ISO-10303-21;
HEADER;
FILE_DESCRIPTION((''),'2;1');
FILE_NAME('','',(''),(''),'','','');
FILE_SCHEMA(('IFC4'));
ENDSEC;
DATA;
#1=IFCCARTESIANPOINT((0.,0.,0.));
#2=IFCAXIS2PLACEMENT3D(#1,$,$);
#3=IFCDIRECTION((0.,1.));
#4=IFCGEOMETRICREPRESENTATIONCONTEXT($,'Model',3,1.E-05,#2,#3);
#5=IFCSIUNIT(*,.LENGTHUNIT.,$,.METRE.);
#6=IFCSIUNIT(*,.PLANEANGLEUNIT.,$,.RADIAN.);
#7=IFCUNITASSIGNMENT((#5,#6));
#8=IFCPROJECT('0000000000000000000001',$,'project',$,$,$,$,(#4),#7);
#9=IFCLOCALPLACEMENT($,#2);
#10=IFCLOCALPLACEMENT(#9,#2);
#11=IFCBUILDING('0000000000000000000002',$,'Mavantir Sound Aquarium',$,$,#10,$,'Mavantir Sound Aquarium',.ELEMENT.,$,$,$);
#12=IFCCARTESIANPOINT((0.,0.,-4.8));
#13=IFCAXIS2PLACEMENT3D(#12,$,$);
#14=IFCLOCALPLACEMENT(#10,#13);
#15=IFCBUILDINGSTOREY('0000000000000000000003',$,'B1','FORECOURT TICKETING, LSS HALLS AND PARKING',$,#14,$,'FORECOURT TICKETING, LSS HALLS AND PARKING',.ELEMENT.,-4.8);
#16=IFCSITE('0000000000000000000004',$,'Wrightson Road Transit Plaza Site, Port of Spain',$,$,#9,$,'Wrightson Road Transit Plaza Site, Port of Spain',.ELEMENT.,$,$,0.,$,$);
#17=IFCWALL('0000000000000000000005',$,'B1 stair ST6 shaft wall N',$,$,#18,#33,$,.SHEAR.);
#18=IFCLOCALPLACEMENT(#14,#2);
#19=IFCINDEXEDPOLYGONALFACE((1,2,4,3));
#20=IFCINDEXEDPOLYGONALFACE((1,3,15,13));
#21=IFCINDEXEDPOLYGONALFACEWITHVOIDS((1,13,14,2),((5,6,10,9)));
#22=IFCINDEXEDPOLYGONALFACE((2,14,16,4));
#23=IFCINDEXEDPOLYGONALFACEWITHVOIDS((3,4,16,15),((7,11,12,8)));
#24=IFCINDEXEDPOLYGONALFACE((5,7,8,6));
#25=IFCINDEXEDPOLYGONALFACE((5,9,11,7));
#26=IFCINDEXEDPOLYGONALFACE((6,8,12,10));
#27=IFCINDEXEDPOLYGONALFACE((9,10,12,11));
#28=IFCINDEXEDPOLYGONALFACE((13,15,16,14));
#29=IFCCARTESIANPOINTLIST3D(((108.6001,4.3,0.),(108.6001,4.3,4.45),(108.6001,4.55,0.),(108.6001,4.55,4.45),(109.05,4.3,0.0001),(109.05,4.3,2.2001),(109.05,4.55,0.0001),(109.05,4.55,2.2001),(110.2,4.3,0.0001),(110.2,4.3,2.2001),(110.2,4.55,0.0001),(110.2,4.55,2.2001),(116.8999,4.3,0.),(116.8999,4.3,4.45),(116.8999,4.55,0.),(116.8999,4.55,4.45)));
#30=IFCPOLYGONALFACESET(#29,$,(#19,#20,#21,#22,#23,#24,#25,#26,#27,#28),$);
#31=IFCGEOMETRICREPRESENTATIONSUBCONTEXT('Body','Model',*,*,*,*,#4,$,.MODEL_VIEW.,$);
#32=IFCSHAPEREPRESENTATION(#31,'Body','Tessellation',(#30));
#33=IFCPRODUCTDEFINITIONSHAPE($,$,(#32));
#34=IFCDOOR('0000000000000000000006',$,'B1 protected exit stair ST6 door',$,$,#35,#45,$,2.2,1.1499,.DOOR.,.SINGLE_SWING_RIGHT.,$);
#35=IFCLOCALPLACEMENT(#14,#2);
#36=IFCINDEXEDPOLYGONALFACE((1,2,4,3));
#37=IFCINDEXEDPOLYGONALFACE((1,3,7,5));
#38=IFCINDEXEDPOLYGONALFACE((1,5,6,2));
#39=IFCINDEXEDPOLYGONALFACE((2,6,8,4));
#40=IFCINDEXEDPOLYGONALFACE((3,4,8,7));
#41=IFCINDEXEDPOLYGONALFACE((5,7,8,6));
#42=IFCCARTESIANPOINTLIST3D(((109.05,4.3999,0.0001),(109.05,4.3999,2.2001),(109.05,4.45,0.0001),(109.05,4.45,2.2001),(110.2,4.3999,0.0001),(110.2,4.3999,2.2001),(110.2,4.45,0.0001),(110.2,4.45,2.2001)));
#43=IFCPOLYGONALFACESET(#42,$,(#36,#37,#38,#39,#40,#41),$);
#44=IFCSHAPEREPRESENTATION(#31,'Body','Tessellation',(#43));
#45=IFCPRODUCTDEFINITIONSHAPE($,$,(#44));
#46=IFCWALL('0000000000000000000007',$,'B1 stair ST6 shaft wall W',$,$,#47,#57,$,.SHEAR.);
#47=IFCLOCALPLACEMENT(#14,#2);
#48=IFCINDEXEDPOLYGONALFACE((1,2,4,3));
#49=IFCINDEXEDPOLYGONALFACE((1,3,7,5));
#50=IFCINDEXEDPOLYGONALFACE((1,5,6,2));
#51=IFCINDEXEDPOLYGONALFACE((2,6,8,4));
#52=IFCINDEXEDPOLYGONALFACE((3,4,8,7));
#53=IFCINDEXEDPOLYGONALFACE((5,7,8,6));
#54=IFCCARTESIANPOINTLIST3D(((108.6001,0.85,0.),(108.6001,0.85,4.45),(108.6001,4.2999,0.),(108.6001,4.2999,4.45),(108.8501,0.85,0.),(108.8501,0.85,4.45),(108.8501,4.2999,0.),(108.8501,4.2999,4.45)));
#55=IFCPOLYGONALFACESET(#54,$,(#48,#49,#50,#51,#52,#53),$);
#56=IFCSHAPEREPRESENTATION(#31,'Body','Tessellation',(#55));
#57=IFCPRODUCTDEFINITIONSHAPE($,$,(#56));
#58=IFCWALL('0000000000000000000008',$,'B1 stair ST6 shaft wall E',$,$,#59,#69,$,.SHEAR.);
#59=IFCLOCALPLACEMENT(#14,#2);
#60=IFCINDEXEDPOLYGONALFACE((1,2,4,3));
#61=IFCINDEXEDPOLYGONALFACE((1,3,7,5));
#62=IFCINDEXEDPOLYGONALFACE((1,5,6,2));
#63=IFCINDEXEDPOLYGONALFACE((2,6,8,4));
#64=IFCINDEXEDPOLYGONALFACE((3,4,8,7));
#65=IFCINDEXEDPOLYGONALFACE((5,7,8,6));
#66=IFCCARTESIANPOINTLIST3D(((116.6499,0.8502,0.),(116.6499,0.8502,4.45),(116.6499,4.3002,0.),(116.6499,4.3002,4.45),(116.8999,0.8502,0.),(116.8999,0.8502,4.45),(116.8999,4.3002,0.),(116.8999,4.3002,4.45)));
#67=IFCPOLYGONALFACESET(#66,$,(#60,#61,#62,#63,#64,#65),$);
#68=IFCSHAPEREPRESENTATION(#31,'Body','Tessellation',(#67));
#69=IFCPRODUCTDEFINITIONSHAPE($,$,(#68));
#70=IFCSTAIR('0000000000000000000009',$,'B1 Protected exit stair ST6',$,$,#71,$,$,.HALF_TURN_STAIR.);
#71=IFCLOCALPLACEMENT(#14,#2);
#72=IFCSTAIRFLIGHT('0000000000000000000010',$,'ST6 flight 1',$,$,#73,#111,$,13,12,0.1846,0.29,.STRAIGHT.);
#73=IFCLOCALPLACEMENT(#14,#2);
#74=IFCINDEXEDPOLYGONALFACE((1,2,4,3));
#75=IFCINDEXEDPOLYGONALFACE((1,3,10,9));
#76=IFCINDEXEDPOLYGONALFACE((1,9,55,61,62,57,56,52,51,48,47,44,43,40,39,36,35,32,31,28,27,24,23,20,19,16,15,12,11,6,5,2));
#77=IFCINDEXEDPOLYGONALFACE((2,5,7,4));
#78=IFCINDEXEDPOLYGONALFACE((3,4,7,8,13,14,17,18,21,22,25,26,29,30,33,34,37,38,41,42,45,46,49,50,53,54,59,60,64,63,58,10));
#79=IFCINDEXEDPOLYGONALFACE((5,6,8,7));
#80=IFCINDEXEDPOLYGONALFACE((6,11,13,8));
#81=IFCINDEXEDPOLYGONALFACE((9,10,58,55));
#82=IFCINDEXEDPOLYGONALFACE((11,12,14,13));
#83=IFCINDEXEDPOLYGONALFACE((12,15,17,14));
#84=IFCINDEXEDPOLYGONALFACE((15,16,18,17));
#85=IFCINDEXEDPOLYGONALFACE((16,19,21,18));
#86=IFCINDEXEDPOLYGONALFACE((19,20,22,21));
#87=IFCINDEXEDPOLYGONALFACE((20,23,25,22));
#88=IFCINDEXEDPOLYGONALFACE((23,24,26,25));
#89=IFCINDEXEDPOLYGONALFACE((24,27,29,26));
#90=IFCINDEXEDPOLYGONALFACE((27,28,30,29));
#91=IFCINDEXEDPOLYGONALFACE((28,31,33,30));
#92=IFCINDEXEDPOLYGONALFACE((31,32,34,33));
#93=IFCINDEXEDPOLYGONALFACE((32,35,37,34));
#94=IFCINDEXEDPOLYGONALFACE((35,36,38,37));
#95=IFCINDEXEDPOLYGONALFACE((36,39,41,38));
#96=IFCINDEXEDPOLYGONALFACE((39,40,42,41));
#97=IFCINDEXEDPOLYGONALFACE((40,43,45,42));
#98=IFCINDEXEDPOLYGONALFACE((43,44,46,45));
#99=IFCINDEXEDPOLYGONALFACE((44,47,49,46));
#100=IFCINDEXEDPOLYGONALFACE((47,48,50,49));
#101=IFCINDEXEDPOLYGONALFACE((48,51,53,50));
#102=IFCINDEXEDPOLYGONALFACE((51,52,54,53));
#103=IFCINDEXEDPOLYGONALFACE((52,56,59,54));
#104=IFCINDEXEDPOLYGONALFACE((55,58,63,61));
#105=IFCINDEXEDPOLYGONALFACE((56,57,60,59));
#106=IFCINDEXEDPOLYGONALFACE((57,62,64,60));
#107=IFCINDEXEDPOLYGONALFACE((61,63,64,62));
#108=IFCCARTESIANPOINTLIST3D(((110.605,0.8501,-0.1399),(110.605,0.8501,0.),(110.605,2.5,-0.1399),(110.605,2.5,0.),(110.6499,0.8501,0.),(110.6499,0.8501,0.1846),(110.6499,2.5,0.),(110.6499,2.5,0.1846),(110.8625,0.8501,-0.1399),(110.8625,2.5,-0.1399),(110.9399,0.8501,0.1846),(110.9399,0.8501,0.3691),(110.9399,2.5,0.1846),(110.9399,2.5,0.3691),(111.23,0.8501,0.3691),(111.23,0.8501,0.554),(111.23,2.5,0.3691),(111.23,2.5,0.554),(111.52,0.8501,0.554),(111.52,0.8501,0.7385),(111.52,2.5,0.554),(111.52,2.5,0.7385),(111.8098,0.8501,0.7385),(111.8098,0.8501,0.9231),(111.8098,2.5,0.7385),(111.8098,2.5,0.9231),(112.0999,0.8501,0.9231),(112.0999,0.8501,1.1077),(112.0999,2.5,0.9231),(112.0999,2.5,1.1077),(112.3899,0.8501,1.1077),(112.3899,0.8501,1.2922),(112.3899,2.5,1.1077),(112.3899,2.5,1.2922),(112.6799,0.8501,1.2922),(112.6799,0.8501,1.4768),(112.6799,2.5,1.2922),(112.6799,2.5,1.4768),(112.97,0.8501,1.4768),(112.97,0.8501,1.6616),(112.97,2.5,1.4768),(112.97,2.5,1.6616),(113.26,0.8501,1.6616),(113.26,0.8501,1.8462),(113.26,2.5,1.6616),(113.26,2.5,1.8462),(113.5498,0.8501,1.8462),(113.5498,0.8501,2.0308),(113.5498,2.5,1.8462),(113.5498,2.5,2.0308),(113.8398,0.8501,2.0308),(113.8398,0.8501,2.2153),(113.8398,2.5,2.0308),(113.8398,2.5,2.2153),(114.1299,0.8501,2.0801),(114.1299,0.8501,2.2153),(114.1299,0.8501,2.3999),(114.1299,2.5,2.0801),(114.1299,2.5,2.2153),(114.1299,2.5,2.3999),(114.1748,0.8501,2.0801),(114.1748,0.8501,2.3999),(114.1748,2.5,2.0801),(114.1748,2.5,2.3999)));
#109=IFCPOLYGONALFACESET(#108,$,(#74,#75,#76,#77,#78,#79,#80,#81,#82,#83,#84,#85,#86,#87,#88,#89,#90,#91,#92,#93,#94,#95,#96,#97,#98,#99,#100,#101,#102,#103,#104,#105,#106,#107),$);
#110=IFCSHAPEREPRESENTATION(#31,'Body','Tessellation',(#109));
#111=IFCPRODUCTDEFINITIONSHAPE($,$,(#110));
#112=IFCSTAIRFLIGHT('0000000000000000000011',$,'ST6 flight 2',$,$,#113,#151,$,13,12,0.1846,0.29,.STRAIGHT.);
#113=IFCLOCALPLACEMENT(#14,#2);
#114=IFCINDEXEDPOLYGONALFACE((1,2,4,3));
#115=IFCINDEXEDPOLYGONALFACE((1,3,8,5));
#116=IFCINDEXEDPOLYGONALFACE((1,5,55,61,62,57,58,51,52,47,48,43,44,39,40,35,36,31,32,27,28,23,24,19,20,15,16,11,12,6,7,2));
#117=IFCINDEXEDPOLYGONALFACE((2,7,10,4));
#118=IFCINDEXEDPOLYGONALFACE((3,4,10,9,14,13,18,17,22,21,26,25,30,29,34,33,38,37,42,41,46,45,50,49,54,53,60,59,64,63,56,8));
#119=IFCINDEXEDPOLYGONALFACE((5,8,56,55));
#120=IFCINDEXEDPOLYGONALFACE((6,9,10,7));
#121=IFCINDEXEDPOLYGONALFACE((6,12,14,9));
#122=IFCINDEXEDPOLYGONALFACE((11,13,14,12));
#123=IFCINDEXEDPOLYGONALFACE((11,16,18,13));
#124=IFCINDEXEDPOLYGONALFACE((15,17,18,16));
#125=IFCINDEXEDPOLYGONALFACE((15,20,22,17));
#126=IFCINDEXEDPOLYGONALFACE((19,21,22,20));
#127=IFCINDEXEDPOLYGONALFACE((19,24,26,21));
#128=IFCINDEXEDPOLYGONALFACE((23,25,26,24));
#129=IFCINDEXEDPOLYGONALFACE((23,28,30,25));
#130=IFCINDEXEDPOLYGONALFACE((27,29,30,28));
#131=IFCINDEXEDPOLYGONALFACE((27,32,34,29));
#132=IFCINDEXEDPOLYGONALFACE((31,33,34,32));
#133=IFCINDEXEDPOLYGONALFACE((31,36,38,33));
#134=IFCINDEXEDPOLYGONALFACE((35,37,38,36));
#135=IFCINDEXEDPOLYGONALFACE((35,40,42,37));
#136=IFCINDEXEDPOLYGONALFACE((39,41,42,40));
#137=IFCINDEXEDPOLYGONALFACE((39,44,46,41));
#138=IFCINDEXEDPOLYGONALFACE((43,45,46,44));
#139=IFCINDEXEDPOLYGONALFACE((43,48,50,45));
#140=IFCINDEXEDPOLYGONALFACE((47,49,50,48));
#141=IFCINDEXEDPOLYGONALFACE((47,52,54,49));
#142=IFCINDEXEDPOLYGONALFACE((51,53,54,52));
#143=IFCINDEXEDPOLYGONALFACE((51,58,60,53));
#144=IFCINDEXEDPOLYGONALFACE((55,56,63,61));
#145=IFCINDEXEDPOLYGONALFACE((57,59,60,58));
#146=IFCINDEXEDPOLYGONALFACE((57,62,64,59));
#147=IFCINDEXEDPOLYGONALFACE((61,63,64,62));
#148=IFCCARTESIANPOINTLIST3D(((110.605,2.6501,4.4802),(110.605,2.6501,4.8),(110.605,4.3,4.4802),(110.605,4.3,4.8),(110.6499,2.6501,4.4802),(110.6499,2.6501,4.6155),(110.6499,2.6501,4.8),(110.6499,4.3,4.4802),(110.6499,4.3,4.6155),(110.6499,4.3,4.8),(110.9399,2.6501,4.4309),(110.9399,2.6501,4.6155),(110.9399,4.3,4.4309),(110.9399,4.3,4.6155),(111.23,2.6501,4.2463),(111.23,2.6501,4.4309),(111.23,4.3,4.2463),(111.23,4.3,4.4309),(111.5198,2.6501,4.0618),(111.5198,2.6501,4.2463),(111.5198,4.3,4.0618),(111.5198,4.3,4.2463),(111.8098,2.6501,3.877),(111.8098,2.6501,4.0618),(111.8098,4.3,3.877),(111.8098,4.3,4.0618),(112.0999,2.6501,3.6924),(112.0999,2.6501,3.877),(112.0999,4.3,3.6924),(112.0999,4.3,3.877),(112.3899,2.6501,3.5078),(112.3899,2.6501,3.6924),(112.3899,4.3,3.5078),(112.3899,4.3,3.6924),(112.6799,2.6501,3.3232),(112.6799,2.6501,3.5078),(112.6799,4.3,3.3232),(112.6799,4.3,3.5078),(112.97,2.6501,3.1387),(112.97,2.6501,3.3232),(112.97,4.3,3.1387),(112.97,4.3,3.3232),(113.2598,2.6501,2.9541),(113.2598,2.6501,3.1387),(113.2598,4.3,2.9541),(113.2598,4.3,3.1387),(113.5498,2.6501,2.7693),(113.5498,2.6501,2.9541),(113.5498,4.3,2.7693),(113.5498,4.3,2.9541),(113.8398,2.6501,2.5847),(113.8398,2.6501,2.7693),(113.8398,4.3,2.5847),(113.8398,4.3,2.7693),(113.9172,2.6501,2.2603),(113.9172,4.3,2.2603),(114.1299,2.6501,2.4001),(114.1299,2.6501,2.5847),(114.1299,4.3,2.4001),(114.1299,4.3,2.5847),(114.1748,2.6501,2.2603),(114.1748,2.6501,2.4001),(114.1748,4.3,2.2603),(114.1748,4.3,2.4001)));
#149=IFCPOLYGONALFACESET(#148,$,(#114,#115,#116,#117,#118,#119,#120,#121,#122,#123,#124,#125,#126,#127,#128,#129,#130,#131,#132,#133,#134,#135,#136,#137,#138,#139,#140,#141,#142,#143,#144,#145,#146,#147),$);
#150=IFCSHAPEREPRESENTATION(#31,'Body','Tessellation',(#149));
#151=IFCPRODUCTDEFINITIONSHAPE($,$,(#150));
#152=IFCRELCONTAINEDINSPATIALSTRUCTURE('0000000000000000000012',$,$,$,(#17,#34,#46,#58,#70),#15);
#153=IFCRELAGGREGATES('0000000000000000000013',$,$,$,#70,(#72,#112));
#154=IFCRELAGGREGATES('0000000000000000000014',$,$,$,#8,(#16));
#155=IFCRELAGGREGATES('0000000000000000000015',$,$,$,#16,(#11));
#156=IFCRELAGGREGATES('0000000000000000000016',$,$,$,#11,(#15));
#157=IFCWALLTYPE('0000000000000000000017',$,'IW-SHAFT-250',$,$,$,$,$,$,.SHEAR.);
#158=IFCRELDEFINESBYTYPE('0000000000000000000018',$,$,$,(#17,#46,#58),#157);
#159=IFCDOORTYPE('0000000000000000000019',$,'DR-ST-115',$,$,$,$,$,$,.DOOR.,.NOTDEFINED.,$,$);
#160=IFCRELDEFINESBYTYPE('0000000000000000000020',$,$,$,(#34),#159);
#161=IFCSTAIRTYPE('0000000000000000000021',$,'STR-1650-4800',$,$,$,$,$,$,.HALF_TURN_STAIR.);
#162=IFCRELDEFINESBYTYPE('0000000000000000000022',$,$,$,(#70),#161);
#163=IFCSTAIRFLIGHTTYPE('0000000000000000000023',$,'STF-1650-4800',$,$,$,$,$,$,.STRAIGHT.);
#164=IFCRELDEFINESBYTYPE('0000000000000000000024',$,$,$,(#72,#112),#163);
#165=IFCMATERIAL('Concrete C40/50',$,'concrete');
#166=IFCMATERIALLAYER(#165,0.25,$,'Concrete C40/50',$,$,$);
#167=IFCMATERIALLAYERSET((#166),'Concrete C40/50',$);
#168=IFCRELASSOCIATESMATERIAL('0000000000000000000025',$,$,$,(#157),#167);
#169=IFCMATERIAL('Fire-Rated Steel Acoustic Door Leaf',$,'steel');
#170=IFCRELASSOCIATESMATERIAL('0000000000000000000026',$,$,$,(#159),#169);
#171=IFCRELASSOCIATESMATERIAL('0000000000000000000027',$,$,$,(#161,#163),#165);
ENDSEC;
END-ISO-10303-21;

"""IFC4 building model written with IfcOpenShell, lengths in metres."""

from ifc_helpers import new_model, si_unit, direction, frame, frame_2d, origin, place, context, subcontext, project, spatial, polyline, rectangle, outline, extrude, material, layer, layer_set, type_object, element, fill, aggregate, save


model = new_model("IFC4")

# Units and contexts
model_context = context("Model", 3, precision=1e-05, world=origin(), true_north=direction((0.0, 1.0)))
body_context = subcontext(model_context, "Body", "Model", "MODEL_VIEW")
ifc_project = project(units=[si_unit("LENGTHUNIT", "METRE"), si_unit("PLANEANGLEUNIT", "RADIAN")], contexts=[model_context])

# Site, building, storey
site_placement = place(None, origin())
site = spatial("IfcSite", under=ifc_project, at=site_placement, Name="Wrightson Road Transit Plaza Site, Port of Spain", LongName="Wrightson Road Transit Plaza Site, Port of Spain", CompositionType="ELEMENT", RefElevation=0.0)
building_placement = place(site_placement, origin())
building = spatial("IfcBuilding", under=site, at=building_placement, Name="Mavantir Sound Aquarium", LongName="Mavantir Sound Aquarium", CompositionType="ELEMENT")
storey_placement = place(building_placement, frame((0.0, 0.0, -4.8)))
storey = spatial("IfcBuildingStorey", under=building, at=storey_placement, Name="B1", Description="FORECOURT TICKETING, LSS HALLS AND PARKING", LongName="FORECOURT TICKETING, LSS HALLS AND PARKING", CompositionType="ELEMENT", Elevation=-4.8)

# Shared definitions
ifc_material_1 = material(Name="Concrete C40/50", Category="concrete")

# Shared definitions
ifc_layer = layer(ifc_material_1, 0.25, Name="Concrete C40/50")
ifc_layer_set = layer_set([ifc_layer], Name="Concrete C40/50")
wall_type = type_object("IfcWallType", Name="IW-SHAFT-250", PredefinedType="SHEAR", material=ifc_layer_set)

# Wall, opening, door
wall_1_placement = place(storey_placement, frame((116.8999, 4.425, 0.0), z_axis=(0.0, 0.0, 1.0), x_axis=(-1.0, 0.0, 0.0)))
wall_1 = element("IfcWall", 1, at=wall_1_placement, inside=storey, type_object=wall_type, Name="B1 stair ST6 shaft wall N", PredefinedType="SHEAR", context=body_context, shape_type="SweptSolid", body=[
    extrude(rectangle(XDim=8.2998, YDim=0.25, at=frame_2d((4.1499, 0.0))), origin(), (0.0, 0.0, 1.0), 4.45),
])
opening_placement = place(wall_1_placement, frame((7.8499, 0.0, 0.0), z_axis=(0.0, 0.0, 1.0), x_axis=(-1.0, 0.0, 0.0)))
opening = element("IfcOpeningElement", 2, at=opening_placement, cuts=wall_1, PredefinedType="OPENING", context=body_context, shape_type="SweptSolid", body=[
    extrude(rectangle(XDim=1.1499, YDim=2.2, at=frame_2d((0.575, 1.1001))), frame((0.0, 0.135, 0.0), z_axis=(0.0, -1.0, 0.0), x_axis=(1.0, 0.0, 0.0)), (0.0, 0.0, 1.0), 0.27),
])
ifc_material_2 = material(Name="Fire-Rated Steel Acoustic Door Leaf", Category="steel")
door_type = type_object("IfcDoorType", Name="DR-ST-115", OperationType="NOTDEFINED", PredefinedType="DOOR", material=ifc_material_2)
door_placement = place(opening_placement, origin())
door = element("IfcDoor", 3, at=door_placement, inside=storey, type_object=door_type, Name="B1 protected exit stair ST6 door", OperationType="SINGLE_SWING_RIGHT", OverallHeight=2.2, OverallWidth=1.1499, PredefinedType="DOOR", context=body_context, shape_type="SweptSolid", body=[
    extrude(rectangle(XDim=1.1499, YDim=2.2, at=frame_2d((0.575, 1.1001))), frame((0.0, 0.0249, 0.0), z_axis=(0.0, -1.0, 0.0), x_axis=(1.0, 0.0, 0.0)), (0.0, 0.0, 1.0), 0.05),
])
fill(opening, door)

# Walls
for number, where, z_axis, x_axis, name in (
    (4, (108.7251, 4.3, 0.0), (0.0, 0.0, 1.0), (0.0, -1.0, 0.0), "B1 stair ST6 shaft wall W"),
    (5, (116.7749, 0.8501, 0.0), (0.0, 0.0, 1.0), (0.0, 1.0, 0.0), "B1 stair ST6 shaft wall E"),
):
    element("IfcWall", number, at=place(storey_placement, frame(where, z_axis=z_axis, x_axis=x_axis)), inside=storey, type_object=wall_type, Name=name, PredefinedType="SHEAR", context=body_context, shape_type="SweptSolid", body=[
        extrude(rectangle(XDim=3.45, YDim=0.25, at=frame_2d((1.7251, 0.0))), origin(), (0.0, 0.0, 1.0), 4.45),
    ])

# Stair, stair flights
stair_type = type_object("IfcStairType", Name="STR-1650-4800", PredefinedType="HALF_TURN_STAIR", material=ifc_material_1)
stair_placement = place(storey_placement, origin())
stair = element("IfcStair", 6, at=stair_placement, inside=storey, type_object=stair_type, Name="B1 Protected exit stair ST6", PredefinedType="HALF_TURN_STAIR")
stair_flight_type = type_object("IfcStairFlightType", Name="STF-1650-4800", PredefinedType="STRAIGHT", material=ifc_material_1)
stair_flight_1_placement = place(storey_placement, frame((110.6499, 1.675, 0.0), z_axis=(0.0, 0.0, 1.0), x_axis=(1.0, 0.0, 0.0)))
stair_flight_1 = element("IfcStairFlight", 7, at=stair_flight_1_placement, type_object=stair_flight_type, Name="ST6 flight 1", NumberOfRisers=13, NumberOfTreads=12, PredefinedType="STRAIGHT", RiserHeight=0.1846, TreadLength=0.29, context=body_context, shape_type="SweptSolid", body=[
    extrude(outline(polyline([(-0.0449, -0.1399), (-0.0449, 0.0), (0.0, 0.0), (0.0, 0.1846), (0.29, 0.1846), (0.29, 0.3691), (0.5801, 0.3691), (0.5801, 0.554), (0.8701, 0.554), (0.8701, 0.7385), (1.1599, 0.7385), (1.1599, 0.9231), (1.45, 0.9231), (1.45, 1.1077), (1.74, 1.1077), (1.74, 1.2922), (2.03, 1.2922), (2.03, 1.4768), (2.3201, 1.4768), (2.3201, 1.6616), (2.6101, 1.6616), (2.6101, 1.8462), (2.8999, 1.8462), (2.8999, 2.0308), (3.1899, 2.0308), (3.1899, 2.2153), (3.48, 2.2153), (3.48, 2.3999), (3.5249, 2.3999), (3.5249, 2.0801), (3.48, 2.0801), (0.2126, -0.1399), (-0.0449, -0.1399)])), frame((0.0, 0.825, 0.0), z_axis=(0.0, -1.0, 0.0), x_axis=(1.0, 0.0, 0.0)), (0.0, 0.0, 1.0), 1.6499),
])
stair_flight_2_placement = place(storey_placement, frame((114.1299, 3.4751, 2.4001), z_axis=(0.0, 0.0, 1.0), x_axis=(-1.0, 0.0, 0.0)))
stair_flight_2 = element("IfcStairFlight", 8, at=stair_flight_2_placement, type_object=stair_flight_type, Name="ST6 flight 2", NumberOfRisers=13, NumberOfTreads=12, PredefinedType="STRAIGHT", RiserHeight=0.1846, TreadLength=0.29, context=body_context, shape_type="SweptSolid", body=[
    extrude(outline(polyline([(-0.0449, -0.1399), (-0.0449, 0.0), (0.0, 0.0), (0.0, 0.1846), (0.29, 0.1846), (0.29, 0.3691), (0.5801, 0.3691), (0.5801, 0.554), (0.8701, 0.554), (0.8701, 0.7385), (1.1599, 0.7385), (1.1599, 0.9231), (1.45, 0.9231), (1.45, 1.1077), (1.74, 1.1077), (1.74, 1.2922), (2.03, 1.2922), (2.03, 1.4768), (2.3201, 1.4768), (2.3201, 1.6616), (2.6101, 1.6616), (2.6101, 1.8462), (2.8999, 1.8462), (2.8999, 2.0308), (3.1899, 2.0308), (3.1899, 2.2153), (3.48, 2.2153), (3.48, 2.3999), (3.5249, 2.3999), (3.5249, 2.0801), (3.48, 2.0801), (0.2126, -0.1399), (-0.0449, -0.1399)])), frame((0.0, 0.825, 0.0), z_axis=(0.0, -1.0, 0.0), x_axis=(1.0, 0.0, 0.0)), (0.0, 0.0, 1.0), 1.6499),
])
aggregate(stair, [stair_flight_1, stair_flight_2])

save(model, "model.ifc")
